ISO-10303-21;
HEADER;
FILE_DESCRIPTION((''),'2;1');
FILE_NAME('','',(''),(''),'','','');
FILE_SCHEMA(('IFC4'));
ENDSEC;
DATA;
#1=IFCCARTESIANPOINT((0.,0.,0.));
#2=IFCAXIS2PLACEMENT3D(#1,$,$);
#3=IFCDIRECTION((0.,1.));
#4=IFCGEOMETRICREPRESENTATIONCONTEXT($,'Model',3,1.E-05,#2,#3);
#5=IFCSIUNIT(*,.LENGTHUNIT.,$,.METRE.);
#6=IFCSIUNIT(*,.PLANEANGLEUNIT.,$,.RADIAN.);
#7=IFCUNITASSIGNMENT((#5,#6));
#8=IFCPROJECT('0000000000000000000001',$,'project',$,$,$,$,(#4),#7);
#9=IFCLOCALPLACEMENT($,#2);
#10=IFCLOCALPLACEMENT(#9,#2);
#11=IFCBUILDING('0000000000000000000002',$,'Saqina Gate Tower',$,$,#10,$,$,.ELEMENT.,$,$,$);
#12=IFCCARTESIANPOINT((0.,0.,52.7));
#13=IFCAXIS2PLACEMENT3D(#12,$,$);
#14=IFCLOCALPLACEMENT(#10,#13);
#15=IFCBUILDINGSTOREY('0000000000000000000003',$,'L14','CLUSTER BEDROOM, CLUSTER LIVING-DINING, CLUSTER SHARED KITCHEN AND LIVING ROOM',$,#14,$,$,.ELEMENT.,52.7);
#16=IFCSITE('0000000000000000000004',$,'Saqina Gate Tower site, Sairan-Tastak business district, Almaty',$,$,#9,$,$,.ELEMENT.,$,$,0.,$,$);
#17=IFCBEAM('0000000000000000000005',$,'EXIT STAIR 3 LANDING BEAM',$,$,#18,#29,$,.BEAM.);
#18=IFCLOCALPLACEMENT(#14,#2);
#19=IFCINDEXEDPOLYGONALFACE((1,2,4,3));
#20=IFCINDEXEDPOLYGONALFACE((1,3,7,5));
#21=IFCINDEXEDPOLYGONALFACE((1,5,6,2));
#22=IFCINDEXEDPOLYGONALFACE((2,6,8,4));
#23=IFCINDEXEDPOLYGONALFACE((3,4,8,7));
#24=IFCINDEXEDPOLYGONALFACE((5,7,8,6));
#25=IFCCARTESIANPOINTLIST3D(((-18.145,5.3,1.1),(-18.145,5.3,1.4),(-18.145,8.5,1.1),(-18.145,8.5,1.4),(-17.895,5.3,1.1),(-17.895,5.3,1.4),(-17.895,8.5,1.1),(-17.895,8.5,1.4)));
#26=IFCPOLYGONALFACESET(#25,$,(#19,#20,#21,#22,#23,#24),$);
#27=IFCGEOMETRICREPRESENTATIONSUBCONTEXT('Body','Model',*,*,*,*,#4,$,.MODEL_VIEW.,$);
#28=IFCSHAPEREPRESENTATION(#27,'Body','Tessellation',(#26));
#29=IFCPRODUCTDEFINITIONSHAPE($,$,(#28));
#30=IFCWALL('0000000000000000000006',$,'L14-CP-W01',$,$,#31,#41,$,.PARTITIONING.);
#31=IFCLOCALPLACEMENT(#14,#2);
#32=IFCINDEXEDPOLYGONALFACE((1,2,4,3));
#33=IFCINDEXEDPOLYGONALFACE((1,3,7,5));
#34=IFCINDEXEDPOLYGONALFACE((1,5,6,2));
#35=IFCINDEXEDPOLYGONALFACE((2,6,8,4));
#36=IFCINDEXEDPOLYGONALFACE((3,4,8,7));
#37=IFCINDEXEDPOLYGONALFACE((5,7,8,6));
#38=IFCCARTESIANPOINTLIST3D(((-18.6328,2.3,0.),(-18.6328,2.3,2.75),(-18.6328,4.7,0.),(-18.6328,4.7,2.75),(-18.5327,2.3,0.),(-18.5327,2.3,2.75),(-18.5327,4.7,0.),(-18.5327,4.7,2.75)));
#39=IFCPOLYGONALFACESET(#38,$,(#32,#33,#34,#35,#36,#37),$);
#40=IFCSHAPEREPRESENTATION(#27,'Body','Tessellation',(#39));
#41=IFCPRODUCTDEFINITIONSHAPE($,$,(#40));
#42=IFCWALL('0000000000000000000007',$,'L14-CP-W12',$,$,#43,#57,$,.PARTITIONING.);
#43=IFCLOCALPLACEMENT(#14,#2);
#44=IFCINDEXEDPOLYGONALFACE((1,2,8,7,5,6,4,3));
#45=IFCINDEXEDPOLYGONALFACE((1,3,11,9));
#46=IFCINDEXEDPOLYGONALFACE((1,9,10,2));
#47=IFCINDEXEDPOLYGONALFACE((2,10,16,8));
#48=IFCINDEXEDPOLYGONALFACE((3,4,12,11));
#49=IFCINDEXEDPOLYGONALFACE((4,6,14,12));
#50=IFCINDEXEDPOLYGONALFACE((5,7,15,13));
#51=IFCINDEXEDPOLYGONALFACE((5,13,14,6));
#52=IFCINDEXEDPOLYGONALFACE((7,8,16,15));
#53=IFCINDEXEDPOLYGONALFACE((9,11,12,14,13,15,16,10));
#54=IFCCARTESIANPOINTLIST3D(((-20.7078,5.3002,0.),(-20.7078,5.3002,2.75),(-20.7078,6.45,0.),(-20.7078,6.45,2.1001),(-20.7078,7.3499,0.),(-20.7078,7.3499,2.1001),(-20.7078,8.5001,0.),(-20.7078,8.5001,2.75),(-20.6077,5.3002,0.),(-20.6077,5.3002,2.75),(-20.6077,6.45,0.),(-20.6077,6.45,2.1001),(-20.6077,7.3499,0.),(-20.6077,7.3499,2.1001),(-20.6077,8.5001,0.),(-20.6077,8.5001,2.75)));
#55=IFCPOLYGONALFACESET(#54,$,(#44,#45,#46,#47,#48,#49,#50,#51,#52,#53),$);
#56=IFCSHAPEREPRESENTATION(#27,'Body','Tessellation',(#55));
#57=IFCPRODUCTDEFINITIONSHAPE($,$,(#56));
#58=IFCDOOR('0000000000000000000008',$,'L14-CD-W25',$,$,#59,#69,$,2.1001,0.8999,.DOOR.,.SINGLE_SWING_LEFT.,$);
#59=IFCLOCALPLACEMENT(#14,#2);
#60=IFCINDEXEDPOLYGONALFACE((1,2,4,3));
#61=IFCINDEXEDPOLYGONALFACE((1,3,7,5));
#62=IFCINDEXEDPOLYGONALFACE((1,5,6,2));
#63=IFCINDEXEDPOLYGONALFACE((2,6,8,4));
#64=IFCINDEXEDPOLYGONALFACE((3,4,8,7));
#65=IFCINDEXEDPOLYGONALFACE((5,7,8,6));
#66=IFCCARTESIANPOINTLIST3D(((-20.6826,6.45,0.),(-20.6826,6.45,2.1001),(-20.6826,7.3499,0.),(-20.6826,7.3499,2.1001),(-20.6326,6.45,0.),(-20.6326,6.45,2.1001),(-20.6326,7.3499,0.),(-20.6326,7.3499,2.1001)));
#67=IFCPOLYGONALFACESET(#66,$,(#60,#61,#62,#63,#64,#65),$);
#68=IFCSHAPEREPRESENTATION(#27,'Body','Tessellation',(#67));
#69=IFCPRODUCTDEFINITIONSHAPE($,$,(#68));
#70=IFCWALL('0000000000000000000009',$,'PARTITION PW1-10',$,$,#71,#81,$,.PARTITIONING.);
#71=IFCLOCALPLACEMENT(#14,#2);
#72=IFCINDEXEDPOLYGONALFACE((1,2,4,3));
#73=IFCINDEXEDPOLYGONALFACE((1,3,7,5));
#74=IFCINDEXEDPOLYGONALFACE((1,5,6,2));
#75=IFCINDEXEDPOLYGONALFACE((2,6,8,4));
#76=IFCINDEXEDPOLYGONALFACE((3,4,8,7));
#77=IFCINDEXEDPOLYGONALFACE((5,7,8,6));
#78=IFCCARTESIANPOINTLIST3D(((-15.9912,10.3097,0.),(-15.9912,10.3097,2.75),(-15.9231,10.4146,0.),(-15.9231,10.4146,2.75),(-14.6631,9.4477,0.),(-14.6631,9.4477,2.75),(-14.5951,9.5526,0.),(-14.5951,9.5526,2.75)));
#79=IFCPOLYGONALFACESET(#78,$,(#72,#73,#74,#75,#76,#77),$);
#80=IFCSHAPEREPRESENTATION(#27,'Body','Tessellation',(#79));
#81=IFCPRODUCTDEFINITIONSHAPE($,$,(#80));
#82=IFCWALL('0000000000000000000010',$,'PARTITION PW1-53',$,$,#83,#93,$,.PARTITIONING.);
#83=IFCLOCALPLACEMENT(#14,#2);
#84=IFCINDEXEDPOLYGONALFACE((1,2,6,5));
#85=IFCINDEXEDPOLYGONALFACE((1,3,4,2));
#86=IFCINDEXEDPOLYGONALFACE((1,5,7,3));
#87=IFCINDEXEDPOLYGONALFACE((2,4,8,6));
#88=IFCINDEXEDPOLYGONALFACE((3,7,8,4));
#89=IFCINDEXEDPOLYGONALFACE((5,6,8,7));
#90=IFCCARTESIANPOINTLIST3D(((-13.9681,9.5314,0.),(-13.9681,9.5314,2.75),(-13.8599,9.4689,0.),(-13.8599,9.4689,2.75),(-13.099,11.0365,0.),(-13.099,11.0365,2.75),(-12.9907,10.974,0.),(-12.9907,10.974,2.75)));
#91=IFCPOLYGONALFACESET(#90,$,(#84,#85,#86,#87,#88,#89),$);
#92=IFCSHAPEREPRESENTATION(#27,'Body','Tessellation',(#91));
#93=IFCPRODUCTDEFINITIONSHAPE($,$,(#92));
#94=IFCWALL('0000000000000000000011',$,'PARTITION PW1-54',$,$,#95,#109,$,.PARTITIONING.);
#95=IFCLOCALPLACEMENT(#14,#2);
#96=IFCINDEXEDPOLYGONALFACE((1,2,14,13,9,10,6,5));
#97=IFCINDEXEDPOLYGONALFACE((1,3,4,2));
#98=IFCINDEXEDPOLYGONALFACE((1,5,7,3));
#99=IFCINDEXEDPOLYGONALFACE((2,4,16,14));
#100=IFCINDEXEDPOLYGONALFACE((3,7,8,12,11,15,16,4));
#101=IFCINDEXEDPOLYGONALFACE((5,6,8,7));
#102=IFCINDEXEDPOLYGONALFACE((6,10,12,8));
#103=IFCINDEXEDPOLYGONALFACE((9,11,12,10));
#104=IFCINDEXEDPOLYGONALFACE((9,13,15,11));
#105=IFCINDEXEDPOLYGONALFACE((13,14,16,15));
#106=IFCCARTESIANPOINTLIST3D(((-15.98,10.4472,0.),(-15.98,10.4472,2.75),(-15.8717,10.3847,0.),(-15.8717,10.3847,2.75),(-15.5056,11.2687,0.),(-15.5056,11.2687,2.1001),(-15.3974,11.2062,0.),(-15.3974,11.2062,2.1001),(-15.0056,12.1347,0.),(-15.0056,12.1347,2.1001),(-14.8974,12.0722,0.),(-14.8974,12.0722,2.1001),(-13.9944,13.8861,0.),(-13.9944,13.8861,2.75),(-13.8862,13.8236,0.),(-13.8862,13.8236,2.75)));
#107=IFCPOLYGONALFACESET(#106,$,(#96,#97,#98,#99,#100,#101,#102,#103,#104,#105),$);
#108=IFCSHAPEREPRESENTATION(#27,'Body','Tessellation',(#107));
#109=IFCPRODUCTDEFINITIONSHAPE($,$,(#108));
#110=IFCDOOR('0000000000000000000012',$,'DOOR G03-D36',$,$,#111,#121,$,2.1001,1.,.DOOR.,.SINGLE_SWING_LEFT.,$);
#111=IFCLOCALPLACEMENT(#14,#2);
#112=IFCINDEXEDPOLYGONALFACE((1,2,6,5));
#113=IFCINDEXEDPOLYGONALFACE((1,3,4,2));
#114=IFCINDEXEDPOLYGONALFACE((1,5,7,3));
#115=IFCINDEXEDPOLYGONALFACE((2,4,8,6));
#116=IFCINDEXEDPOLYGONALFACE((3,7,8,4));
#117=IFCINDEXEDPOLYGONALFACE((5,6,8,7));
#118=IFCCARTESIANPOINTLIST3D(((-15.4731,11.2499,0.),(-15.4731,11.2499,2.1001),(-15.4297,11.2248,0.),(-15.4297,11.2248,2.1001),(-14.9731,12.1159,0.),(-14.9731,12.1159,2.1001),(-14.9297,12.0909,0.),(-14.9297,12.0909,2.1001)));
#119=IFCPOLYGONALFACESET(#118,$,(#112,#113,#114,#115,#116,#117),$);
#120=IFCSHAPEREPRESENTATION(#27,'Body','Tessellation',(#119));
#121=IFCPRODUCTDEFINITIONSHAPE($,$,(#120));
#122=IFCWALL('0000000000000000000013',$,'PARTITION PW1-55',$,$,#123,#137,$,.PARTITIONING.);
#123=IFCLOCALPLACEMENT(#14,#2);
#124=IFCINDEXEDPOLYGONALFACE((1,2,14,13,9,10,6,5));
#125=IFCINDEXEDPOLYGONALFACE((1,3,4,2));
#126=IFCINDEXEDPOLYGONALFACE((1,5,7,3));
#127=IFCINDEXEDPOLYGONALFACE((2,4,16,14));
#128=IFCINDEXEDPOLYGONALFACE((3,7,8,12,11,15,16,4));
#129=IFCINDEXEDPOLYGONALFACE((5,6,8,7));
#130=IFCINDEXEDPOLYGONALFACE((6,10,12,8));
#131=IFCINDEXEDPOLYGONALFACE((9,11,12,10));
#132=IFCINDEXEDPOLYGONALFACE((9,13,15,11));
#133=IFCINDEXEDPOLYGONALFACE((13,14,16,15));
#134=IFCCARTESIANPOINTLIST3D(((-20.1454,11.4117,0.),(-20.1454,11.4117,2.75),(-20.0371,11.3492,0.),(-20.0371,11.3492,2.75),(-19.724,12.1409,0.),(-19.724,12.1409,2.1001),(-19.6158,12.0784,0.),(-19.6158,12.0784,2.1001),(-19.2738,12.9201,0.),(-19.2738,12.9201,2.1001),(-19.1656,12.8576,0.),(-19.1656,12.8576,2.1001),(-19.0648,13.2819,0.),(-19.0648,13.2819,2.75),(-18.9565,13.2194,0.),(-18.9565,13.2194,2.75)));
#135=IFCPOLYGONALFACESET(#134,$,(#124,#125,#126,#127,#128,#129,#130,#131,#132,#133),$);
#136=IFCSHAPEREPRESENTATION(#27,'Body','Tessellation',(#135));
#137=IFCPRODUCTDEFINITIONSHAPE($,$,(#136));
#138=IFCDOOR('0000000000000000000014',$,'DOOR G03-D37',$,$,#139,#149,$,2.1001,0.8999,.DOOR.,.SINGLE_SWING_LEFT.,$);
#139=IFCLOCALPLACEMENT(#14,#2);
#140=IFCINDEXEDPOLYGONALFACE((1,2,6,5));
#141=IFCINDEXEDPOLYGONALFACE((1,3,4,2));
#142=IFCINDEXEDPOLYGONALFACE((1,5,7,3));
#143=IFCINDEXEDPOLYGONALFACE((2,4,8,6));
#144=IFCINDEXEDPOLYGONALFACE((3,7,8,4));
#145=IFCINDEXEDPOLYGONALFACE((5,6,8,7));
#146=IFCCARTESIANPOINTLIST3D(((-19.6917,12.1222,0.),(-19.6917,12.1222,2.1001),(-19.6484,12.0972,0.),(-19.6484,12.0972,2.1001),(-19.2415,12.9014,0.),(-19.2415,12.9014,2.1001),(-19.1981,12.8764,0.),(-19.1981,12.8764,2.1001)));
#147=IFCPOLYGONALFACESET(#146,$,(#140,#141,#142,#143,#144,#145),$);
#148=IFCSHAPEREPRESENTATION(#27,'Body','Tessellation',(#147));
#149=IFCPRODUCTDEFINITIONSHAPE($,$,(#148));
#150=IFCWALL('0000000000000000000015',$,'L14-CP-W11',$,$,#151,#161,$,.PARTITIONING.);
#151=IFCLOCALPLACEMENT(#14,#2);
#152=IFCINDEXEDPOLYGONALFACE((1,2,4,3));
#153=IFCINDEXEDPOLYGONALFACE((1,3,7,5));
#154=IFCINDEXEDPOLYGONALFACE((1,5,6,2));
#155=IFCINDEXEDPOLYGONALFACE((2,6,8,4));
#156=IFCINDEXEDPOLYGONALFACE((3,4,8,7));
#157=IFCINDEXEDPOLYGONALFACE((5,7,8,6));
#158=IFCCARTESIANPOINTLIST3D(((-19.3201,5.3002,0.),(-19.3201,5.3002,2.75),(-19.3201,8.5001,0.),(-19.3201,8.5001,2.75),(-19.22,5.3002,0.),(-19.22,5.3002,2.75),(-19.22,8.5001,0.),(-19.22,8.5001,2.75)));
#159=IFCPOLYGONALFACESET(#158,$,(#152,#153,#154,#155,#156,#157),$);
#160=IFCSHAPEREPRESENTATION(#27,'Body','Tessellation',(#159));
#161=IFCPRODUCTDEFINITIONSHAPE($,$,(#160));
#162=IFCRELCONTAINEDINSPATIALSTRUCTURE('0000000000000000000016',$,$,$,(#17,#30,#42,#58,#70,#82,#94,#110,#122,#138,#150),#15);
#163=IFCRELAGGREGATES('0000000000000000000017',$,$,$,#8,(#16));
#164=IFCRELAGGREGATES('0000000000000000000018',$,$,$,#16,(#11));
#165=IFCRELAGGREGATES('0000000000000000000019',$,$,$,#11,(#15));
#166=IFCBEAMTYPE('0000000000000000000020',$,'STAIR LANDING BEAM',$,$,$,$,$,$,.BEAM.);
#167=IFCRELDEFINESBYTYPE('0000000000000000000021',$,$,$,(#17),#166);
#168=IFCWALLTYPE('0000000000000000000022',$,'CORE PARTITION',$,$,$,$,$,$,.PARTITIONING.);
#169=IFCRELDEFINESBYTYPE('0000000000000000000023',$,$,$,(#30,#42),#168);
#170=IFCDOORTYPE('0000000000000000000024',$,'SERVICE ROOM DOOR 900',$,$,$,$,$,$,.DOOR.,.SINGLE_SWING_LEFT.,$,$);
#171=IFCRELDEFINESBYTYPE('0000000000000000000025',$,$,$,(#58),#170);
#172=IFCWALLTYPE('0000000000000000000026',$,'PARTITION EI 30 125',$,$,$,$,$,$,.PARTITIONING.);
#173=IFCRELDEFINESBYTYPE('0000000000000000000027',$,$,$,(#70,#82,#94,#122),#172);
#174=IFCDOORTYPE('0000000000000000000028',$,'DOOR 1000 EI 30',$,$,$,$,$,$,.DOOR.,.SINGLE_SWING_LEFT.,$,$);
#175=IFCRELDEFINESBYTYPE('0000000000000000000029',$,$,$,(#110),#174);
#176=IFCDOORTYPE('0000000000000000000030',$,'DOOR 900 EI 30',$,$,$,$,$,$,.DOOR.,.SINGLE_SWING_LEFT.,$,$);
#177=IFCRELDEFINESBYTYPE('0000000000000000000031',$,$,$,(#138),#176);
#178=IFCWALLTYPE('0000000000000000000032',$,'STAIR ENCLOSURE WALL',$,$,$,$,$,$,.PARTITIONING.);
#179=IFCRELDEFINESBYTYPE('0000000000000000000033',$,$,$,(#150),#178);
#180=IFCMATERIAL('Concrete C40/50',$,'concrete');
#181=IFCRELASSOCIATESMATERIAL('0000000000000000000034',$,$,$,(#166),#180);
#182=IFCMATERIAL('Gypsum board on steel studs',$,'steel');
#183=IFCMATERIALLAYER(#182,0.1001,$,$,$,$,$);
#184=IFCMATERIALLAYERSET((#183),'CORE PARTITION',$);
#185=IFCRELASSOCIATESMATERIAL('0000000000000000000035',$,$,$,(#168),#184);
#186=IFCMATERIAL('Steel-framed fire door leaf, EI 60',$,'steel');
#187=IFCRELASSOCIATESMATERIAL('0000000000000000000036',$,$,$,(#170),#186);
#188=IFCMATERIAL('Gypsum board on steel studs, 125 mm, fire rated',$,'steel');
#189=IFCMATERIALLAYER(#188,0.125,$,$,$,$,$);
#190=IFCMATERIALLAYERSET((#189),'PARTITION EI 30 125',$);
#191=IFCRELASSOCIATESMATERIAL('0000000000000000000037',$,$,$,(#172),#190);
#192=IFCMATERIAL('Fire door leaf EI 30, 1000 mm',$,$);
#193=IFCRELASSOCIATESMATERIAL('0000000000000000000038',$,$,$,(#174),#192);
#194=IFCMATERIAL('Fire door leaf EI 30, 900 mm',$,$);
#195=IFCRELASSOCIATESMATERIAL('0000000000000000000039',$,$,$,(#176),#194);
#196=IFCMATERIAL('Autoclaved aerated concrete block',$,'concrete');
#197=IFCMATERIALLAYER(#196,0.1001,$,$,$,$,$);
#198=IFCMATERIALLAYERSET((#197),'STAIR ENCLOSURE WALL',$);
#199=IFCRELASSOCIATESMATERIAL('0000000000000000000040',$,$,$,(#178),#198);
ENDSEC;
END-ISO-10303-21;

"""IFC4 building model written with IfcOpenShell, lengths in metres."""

from ifc_helpers import new_model, si_unit, direction, frame, frame_2d, origin, origin_2d, place, context, subcontext, project, spatial, rectangle, extrude, material, layer, layer_set, material_profile, profile_set, type_object, element, fill, save


model = new_model("IFC4")

# Units and contexts
model_context = context("Model", 3, precision=1e-05, world=origin(), true_north=direction((0.0, 1.0)))
body_context = subcontext(model_context, "Body", "Model", "MODEL_VIEW")
ifc_project = project(units=[si_unit("LENGTHUNIT", "METRE"), si_unit("PLANEANGLEUNIT", "RADIAN")], contexts=[model_context])

# Site, building, storey
site_placement = place(None, origin())
site = spatial("IfcSite", under=ifc_project, at=site_placement, Name="Saqina Gate Tower site, Sairan-Tastak business district, Almaty", CompositionType="ELEMENT", RefElevation=0.0)
building_placement = place(site_placement, origin())
building = spatial("IfcBuilding", under=site, at=building_placement, Name="Saqina Gate Tower", CompositionType="ELEMENT")
storey_placement = place(building_placement, frame((0.0, 0.0, 52.7)))
storey = spatial("IfcBuildingStorey", under=building, at=storey_placement, Name="L14", Description="CLUSTER BEDROOM, CLUSTER LIVING-DINING, CLUSTER SHARED KITCHEN AND LIVING ROOM", CompositionType="ELEMENT", Elevation=52.7)

# Beam
ifc_material_1 = material(Name="Concrete C40/50", Category="concrete")
ifc_material_profile = material_profile(ifc_material_1, rectangle(XDim=0.25, YDim=0.3, at=origin_2d()), Name="STAIR LANDING BEAM")
ifc_profile_set = profile_set([ifc_material_profile], Name="Concrete C40/50")
beam_type = type_object("IfcBeamType", Name="STAIR LANDING BEAM", PredefinedType="BEAM", material=ifc_profile_set)
beam_placement = place(storey_placement, frame((-18.02, 5.3, 1.25), z_axis=(0.0, 1.0, 0.0), x_axis=(-1.0, 0.0, 0.0)))
element("IfcBeam", 1, at=beam_placement, inside=storey, type_object=beam_type, Name="EXIT STAIR 3 LANDING BEAM", PredefinedType="BEAM", context=body_context, shape_type="SweptSolid", body=[
    extrude(rectangle(XDim=0.25, YDim=0.3, at=origin_2d()), origin(), (0.0, 0.0, 1.0), 3.2),
])

# Wall
ifc_material_2 = material(Name="Gypsum board on steel studs", Category="steel")
ifc_layer_1 = layer(ifc_material_2, 0.1001)
ifc_layer_set_1 = layer_set([ifc_layer_1], Name="CORE PARTITION")
wall_type_1 = type_object("IfcWallType", Name="CORE PARTITION", PredefinedType="PARTITIONING", material=ifc_layer_set_1)
wall_1_placement = place(storey_placement, frame((-18.5828, 2.3, 0.0), z_axis=(0.0, 0.0, 1.0), x_axis=(0.0, 1.0, 0.0)))
element("IfcWall", 2, at=wall_1_placement, inside=storey, type_object=wall_type_1, Name="L14-CP-W01", PredefinedType="PARTITIONING", context=body_context, shape_type="SweptSolid", body=[
    extrude(rectangle(XDim=2.3999, YDim=0.1001, at=frame_2d((1.2, 0.0))), origin(), (0.0, 0.0, 1.0), 2.75),
])

# Wall, opening, door
wall_2_placement = place(storey_placement, frame((-20.6577, 5.3, 0.0), z_axis=(0.0, 0.0, 1.0), x_axis=(0.0, 1.0, 0.0)))
wall_2 = element("IfcWall", 3, at=wall_2_placement, inside=storey, type_object=wall_type_1, Name="L14-CP-W12", PredefinedType="PARTITIONING", context=body_context, shape_type="SweptSolid", body=[
    extrude(rectangle(XDim=3.2, YDim=0.1001, at=frame_2d((1.6001, 0.0))), origin(), (0.0, 0.0, 1.0), 2.75),
])
opening_1_placement = place(wall_2_placement, frame((1.1499, 0.0, 0.0)))
opening_1 = element("IfcOpeningElement", 4, at=opening_1_placement, cuts=wall_2, PredefinedType="OPENING", context=body_context, shape_type="SweptSolid", body=[
    extrude(rectangle(XDim=0.8999, YDim=2.1001, at=frame_2d((0.45, 1.05))), frame((0.0, 0.062, 0.0), z_axis=(0.0, -1.0, 0.0), x_axis=(1.0, 0.0, 0.0)), (0.0, 0.0, 1.0), 0.124),
])
ifc_material_3 = material(Name="Steel-framed fire door leaf, EI 60", Category="steel")
door_type_1 = type_object("IfcDoorType", Name="SERVICE ROOM DOOR 900", OperationType="SINGLE_SWING_LEFT", PredefinedType="DOOR", material=ifc_material_3)
door_1_placement = place(opening_1_placement, origin())
door_1 = element("IfcDoor", 5, at=door_1_placement, inside=storey, type_object=door_type_1, Name="L14-CD-W25", OperationType="SINGLE_SWING_LEFT", OverallHeight=2.1001, OverallWidth=0.8999, PredefinedType="DOOR", context=body_context, shape_type="SweptSolid", body=[
    extrude(rectangle(XDim=0.8999, YDim=2.1001, at=frame_2d((0.45, 1.05))), frame((0.0, 0.0249, 0.0), z_axis=(0.0, -1.0, 0.0), x_axis=(1.0, 0.0, 0.0)), (0.0, 0.0, 1.0), 0.05),
])
fill(opening_1, door_1)

# Walls
ifc_material_4 = material(Name="Gypsum board on steel studs, 125 mm, fire rated", Category="steel")
ifc_layer_2 = layer(ifc_material_4, 0.125)
ifc_layer_set_2 = layer_set([ifc_layer_2], Name="PARTITION EI 30 125")
wall_type_2 = type_object("IfcWallType", Name="PARTITION EI 30 125", PredefinedType="PARTITIONING", material=ifc_layer_set_2)
wall_3_placement = place(storey_placement, frame((-15.957, 10.3621, 0.0), z_axis=(0.0, 0.0, 1.0), x_axis=(0.838796, -0.544446, 0.0)))
element("IfcWall", 6, at=wall_3_placement, inside=storey, type_object=wall_type_2, Name="PARTITION PW1-10", PredefinedType="PARTITIONING", context=body_context, shape_type="SweptSolid", body=[
    extrude(rectangle(XDim=1.5833, YDim=0.125, at=frame_2d((0.7915, 0.0))), origin(), (0.0, 0.0, 1.0), 2.75),
])
wall_4_placement = place(storey_placement, frame((-13.9141, 9.5, 0.0), z_axis=(0.0, 0.0, 1.0), x_axis=(0.500067, 0.865987, 0.0)))
element("IfcWall", 7, at=wall_4_placement, inside=storey, type_object=wall_type_2, Name="PARTITION PW1-53", PredefinedType="PARTITIONING", context=body_context, shape_type="SweptSolid", body=[
    extrude(rectangle(XDim=1.738, YDim=0.125, at=frame_2d((0.8691, 0.0))), origin(), (0.0, 0.0, 1.0), 2.75),
])

# Walls, openings, doors
wall_5_placement = place(storey_placement, frame((-15.9258, 10.416, 0.0), z_axis=(0.0, 0.0, 1.0), x_axis=(0.50002, 0.866014, 0.0)))
wall_5 = element("IfcWall", 8, at=wall_5_placement, inside=storey, type_object=wall_type_2, Name="PARTITION PW1-54", PredefinedType="PARTITIONING", context=body_context, shape_type="SweptSolid", body=[
    extrude(rectangle(XDim=3.9709, YDim=0.125, at=frame_2d((1.9854, 0.0))), origin(), (0.0, 0.0, 1.0), 2.75),
])
opening_2_placement = place(wall_5_placement, frame((0.9485, 0.0, 0.0)))
opening_2 = element("IfcOpeningElement", 9, at=opening_2_placement, cuts=wall_5, PredefinedType="OPENING", context=body_context, shape_type="SweptSolid", body=[
    extrude(rectangle(XDim=1.0, YDim=2.1001, at=frame_2d((0.5, 1.05))), frame((0.0, 0.0745, 0.0), z_axis=(0.0, -1.0, 0.0), x_axis=(1.0, 0.0, 0.0)), (0.0, 0.0, 1.0), 0.1489),
])
ifc_material_5 = material(Name="Fire door leaf EI 30, 1000 mm")
door_type_2 = type_object("IfcDoorType", Name="DOOR 1000 EI 30", OperationType="SINGLE_SWING_LEFT", PredefinedType="DOOR", material=ifc_material_5)
door_2_placement = place(opening_2_placement, origin())
door_2 = element("IfcDoor", 10, at=door_2_placement, inside=storey, type_object=door_type_2, Name="DOOR G03-D36", OperationType="SINGLE_SWING_LEFT", OverallHeight=2.1001, OverallWidth=1.0, PredefinedType="DOOR", context=body_context, shape_type="SweptSolid", body=[
    extrude(rectangle(XDim=1.0, YDim=2.1001, at=frame_2d((0.5, 1.05))), frame((0.0, 0.0249, 0.0), z_axis=(0.0, -1.0, 0.0), x_axis=(1.0, 0.0, 0.0)), (0.0, 0.0, 1.0), 0.05),
])
fill(opening_2, door_2)
wall_6_placement = place(storey_placement, frame((-20.0913, 11.3804, 0.0), z_axis=(0.0, 0.0, 1.0), x_axis=(0.500296, 0.865854, 0.0)))
wall_6 = element("IfcWall", 11, at=wall_6_placement, inside=storey, type_object=wall_type_2, Name="PARTITION PW1-55", PredefinedType="PARTITIONING", context=body_context, shape_type="SweptSolid", body=[
    extrude(rectangle(XDim=2.1599, YDim=0.125, at=frame_2d((1.0801, 0.0))), origin(), (0.0, 0.0, 1.0), 2.75),
])
opening_3_placement = place(wall_6_placement, frame((0.8423, 0.0, 0.0)))
opening_3 = element("IfcOpeningElement", 12, at=opening_3_placement, cuts=wall_6, PredefinedType="OPENING", context=body_context, shape_type="SweptSolid", body=[
    extrude(rectangle(XDim=0.8999, YDim=2.1001, at=frame_2d((0.45, 1.05))), frame((0.0, 0.0745, 0.0), z_axis=(0.0, -1.0, 0.0), x_axis=(1.0, 0.0, 0.0)), (0.0, 0.0, 1.0), 0.1489),
])
ifc_material_6 = material(Name="Fire door leaf EI 30, 900 mm")
door_type_3 = type_object("IfcDoorType", Name="DOOR 900 EI 30", OperationType="SINGLE_SWING_LEFT", PredefinedType="DOOR", material=ifc_material_6)
door_3_placement = place(opening_3_placement, frame((0.8999, 0.0, 0.0), z_axis=(0.0, 0.0, 1.0), x_axis=(-1.0, 0.0, 0.0)))
door_3 = element("IfcDoor", 13, at=door_3_placement, inside=storey, type_object=door_type_3, Name="DOOR G03-D37", OperationType="SINGLE_SWING_LEFT", OverallHeight=2.1001, OverallWidth=0.8999, PredefinedType="DOOR", context=body_context, shape_type="SweptSolid", body=[
    extrude(rectangle(XDim=0.8999, YDim=2.1001, at=frame_2d((0.45, 1.05))), frame((0.0, 0.0249, 0.0), z_axis=(0.0, -1.0, 0.0), x_axis=(1.0, 0.0, 0.0)), (0.0, 0.0, 1.0), 0.05),
])
fill(opening_3, door_3)

# Wall
ifc_material_7 = material(Name="Autoclaved aerated concrete block", Category="concrete")
ifc_layer_3 = layer(ifc_material_7, 0.1001)
ifc_layer_set_3 = layer_set([ifc_layer_3], Name="STAIR ENCLOSURE WALL")
wall_type_3 = type_object("IfcWallType", Name="STAIR ENCLOSURE WALL", PredefinedType="PARTITIONING", material=ifc_layer_set_3)
wall_7_placement = place(storey_placement, frame((-19.27, 5.3, 0.0), z_axis=(0.0, 0.0, 1.0), x_axis=(0.0, 1.0, 0.0)))
element("IfcWall", 14, at=wall_7_placement, inside=storey, type_object=wall_type_3, Name="L14-CP-W11", PredefinedType="PARTITIONING", context=body_context, shape_type="SweptSolid", body=[
    extrude(rectangle(XDim=3.2, YDim=0.1001, at=frame_2d((1.6001, 0.0))), origin(), (0.0, 0.0, 1.0), 2.75),
])

save(model, "model.ifc")
